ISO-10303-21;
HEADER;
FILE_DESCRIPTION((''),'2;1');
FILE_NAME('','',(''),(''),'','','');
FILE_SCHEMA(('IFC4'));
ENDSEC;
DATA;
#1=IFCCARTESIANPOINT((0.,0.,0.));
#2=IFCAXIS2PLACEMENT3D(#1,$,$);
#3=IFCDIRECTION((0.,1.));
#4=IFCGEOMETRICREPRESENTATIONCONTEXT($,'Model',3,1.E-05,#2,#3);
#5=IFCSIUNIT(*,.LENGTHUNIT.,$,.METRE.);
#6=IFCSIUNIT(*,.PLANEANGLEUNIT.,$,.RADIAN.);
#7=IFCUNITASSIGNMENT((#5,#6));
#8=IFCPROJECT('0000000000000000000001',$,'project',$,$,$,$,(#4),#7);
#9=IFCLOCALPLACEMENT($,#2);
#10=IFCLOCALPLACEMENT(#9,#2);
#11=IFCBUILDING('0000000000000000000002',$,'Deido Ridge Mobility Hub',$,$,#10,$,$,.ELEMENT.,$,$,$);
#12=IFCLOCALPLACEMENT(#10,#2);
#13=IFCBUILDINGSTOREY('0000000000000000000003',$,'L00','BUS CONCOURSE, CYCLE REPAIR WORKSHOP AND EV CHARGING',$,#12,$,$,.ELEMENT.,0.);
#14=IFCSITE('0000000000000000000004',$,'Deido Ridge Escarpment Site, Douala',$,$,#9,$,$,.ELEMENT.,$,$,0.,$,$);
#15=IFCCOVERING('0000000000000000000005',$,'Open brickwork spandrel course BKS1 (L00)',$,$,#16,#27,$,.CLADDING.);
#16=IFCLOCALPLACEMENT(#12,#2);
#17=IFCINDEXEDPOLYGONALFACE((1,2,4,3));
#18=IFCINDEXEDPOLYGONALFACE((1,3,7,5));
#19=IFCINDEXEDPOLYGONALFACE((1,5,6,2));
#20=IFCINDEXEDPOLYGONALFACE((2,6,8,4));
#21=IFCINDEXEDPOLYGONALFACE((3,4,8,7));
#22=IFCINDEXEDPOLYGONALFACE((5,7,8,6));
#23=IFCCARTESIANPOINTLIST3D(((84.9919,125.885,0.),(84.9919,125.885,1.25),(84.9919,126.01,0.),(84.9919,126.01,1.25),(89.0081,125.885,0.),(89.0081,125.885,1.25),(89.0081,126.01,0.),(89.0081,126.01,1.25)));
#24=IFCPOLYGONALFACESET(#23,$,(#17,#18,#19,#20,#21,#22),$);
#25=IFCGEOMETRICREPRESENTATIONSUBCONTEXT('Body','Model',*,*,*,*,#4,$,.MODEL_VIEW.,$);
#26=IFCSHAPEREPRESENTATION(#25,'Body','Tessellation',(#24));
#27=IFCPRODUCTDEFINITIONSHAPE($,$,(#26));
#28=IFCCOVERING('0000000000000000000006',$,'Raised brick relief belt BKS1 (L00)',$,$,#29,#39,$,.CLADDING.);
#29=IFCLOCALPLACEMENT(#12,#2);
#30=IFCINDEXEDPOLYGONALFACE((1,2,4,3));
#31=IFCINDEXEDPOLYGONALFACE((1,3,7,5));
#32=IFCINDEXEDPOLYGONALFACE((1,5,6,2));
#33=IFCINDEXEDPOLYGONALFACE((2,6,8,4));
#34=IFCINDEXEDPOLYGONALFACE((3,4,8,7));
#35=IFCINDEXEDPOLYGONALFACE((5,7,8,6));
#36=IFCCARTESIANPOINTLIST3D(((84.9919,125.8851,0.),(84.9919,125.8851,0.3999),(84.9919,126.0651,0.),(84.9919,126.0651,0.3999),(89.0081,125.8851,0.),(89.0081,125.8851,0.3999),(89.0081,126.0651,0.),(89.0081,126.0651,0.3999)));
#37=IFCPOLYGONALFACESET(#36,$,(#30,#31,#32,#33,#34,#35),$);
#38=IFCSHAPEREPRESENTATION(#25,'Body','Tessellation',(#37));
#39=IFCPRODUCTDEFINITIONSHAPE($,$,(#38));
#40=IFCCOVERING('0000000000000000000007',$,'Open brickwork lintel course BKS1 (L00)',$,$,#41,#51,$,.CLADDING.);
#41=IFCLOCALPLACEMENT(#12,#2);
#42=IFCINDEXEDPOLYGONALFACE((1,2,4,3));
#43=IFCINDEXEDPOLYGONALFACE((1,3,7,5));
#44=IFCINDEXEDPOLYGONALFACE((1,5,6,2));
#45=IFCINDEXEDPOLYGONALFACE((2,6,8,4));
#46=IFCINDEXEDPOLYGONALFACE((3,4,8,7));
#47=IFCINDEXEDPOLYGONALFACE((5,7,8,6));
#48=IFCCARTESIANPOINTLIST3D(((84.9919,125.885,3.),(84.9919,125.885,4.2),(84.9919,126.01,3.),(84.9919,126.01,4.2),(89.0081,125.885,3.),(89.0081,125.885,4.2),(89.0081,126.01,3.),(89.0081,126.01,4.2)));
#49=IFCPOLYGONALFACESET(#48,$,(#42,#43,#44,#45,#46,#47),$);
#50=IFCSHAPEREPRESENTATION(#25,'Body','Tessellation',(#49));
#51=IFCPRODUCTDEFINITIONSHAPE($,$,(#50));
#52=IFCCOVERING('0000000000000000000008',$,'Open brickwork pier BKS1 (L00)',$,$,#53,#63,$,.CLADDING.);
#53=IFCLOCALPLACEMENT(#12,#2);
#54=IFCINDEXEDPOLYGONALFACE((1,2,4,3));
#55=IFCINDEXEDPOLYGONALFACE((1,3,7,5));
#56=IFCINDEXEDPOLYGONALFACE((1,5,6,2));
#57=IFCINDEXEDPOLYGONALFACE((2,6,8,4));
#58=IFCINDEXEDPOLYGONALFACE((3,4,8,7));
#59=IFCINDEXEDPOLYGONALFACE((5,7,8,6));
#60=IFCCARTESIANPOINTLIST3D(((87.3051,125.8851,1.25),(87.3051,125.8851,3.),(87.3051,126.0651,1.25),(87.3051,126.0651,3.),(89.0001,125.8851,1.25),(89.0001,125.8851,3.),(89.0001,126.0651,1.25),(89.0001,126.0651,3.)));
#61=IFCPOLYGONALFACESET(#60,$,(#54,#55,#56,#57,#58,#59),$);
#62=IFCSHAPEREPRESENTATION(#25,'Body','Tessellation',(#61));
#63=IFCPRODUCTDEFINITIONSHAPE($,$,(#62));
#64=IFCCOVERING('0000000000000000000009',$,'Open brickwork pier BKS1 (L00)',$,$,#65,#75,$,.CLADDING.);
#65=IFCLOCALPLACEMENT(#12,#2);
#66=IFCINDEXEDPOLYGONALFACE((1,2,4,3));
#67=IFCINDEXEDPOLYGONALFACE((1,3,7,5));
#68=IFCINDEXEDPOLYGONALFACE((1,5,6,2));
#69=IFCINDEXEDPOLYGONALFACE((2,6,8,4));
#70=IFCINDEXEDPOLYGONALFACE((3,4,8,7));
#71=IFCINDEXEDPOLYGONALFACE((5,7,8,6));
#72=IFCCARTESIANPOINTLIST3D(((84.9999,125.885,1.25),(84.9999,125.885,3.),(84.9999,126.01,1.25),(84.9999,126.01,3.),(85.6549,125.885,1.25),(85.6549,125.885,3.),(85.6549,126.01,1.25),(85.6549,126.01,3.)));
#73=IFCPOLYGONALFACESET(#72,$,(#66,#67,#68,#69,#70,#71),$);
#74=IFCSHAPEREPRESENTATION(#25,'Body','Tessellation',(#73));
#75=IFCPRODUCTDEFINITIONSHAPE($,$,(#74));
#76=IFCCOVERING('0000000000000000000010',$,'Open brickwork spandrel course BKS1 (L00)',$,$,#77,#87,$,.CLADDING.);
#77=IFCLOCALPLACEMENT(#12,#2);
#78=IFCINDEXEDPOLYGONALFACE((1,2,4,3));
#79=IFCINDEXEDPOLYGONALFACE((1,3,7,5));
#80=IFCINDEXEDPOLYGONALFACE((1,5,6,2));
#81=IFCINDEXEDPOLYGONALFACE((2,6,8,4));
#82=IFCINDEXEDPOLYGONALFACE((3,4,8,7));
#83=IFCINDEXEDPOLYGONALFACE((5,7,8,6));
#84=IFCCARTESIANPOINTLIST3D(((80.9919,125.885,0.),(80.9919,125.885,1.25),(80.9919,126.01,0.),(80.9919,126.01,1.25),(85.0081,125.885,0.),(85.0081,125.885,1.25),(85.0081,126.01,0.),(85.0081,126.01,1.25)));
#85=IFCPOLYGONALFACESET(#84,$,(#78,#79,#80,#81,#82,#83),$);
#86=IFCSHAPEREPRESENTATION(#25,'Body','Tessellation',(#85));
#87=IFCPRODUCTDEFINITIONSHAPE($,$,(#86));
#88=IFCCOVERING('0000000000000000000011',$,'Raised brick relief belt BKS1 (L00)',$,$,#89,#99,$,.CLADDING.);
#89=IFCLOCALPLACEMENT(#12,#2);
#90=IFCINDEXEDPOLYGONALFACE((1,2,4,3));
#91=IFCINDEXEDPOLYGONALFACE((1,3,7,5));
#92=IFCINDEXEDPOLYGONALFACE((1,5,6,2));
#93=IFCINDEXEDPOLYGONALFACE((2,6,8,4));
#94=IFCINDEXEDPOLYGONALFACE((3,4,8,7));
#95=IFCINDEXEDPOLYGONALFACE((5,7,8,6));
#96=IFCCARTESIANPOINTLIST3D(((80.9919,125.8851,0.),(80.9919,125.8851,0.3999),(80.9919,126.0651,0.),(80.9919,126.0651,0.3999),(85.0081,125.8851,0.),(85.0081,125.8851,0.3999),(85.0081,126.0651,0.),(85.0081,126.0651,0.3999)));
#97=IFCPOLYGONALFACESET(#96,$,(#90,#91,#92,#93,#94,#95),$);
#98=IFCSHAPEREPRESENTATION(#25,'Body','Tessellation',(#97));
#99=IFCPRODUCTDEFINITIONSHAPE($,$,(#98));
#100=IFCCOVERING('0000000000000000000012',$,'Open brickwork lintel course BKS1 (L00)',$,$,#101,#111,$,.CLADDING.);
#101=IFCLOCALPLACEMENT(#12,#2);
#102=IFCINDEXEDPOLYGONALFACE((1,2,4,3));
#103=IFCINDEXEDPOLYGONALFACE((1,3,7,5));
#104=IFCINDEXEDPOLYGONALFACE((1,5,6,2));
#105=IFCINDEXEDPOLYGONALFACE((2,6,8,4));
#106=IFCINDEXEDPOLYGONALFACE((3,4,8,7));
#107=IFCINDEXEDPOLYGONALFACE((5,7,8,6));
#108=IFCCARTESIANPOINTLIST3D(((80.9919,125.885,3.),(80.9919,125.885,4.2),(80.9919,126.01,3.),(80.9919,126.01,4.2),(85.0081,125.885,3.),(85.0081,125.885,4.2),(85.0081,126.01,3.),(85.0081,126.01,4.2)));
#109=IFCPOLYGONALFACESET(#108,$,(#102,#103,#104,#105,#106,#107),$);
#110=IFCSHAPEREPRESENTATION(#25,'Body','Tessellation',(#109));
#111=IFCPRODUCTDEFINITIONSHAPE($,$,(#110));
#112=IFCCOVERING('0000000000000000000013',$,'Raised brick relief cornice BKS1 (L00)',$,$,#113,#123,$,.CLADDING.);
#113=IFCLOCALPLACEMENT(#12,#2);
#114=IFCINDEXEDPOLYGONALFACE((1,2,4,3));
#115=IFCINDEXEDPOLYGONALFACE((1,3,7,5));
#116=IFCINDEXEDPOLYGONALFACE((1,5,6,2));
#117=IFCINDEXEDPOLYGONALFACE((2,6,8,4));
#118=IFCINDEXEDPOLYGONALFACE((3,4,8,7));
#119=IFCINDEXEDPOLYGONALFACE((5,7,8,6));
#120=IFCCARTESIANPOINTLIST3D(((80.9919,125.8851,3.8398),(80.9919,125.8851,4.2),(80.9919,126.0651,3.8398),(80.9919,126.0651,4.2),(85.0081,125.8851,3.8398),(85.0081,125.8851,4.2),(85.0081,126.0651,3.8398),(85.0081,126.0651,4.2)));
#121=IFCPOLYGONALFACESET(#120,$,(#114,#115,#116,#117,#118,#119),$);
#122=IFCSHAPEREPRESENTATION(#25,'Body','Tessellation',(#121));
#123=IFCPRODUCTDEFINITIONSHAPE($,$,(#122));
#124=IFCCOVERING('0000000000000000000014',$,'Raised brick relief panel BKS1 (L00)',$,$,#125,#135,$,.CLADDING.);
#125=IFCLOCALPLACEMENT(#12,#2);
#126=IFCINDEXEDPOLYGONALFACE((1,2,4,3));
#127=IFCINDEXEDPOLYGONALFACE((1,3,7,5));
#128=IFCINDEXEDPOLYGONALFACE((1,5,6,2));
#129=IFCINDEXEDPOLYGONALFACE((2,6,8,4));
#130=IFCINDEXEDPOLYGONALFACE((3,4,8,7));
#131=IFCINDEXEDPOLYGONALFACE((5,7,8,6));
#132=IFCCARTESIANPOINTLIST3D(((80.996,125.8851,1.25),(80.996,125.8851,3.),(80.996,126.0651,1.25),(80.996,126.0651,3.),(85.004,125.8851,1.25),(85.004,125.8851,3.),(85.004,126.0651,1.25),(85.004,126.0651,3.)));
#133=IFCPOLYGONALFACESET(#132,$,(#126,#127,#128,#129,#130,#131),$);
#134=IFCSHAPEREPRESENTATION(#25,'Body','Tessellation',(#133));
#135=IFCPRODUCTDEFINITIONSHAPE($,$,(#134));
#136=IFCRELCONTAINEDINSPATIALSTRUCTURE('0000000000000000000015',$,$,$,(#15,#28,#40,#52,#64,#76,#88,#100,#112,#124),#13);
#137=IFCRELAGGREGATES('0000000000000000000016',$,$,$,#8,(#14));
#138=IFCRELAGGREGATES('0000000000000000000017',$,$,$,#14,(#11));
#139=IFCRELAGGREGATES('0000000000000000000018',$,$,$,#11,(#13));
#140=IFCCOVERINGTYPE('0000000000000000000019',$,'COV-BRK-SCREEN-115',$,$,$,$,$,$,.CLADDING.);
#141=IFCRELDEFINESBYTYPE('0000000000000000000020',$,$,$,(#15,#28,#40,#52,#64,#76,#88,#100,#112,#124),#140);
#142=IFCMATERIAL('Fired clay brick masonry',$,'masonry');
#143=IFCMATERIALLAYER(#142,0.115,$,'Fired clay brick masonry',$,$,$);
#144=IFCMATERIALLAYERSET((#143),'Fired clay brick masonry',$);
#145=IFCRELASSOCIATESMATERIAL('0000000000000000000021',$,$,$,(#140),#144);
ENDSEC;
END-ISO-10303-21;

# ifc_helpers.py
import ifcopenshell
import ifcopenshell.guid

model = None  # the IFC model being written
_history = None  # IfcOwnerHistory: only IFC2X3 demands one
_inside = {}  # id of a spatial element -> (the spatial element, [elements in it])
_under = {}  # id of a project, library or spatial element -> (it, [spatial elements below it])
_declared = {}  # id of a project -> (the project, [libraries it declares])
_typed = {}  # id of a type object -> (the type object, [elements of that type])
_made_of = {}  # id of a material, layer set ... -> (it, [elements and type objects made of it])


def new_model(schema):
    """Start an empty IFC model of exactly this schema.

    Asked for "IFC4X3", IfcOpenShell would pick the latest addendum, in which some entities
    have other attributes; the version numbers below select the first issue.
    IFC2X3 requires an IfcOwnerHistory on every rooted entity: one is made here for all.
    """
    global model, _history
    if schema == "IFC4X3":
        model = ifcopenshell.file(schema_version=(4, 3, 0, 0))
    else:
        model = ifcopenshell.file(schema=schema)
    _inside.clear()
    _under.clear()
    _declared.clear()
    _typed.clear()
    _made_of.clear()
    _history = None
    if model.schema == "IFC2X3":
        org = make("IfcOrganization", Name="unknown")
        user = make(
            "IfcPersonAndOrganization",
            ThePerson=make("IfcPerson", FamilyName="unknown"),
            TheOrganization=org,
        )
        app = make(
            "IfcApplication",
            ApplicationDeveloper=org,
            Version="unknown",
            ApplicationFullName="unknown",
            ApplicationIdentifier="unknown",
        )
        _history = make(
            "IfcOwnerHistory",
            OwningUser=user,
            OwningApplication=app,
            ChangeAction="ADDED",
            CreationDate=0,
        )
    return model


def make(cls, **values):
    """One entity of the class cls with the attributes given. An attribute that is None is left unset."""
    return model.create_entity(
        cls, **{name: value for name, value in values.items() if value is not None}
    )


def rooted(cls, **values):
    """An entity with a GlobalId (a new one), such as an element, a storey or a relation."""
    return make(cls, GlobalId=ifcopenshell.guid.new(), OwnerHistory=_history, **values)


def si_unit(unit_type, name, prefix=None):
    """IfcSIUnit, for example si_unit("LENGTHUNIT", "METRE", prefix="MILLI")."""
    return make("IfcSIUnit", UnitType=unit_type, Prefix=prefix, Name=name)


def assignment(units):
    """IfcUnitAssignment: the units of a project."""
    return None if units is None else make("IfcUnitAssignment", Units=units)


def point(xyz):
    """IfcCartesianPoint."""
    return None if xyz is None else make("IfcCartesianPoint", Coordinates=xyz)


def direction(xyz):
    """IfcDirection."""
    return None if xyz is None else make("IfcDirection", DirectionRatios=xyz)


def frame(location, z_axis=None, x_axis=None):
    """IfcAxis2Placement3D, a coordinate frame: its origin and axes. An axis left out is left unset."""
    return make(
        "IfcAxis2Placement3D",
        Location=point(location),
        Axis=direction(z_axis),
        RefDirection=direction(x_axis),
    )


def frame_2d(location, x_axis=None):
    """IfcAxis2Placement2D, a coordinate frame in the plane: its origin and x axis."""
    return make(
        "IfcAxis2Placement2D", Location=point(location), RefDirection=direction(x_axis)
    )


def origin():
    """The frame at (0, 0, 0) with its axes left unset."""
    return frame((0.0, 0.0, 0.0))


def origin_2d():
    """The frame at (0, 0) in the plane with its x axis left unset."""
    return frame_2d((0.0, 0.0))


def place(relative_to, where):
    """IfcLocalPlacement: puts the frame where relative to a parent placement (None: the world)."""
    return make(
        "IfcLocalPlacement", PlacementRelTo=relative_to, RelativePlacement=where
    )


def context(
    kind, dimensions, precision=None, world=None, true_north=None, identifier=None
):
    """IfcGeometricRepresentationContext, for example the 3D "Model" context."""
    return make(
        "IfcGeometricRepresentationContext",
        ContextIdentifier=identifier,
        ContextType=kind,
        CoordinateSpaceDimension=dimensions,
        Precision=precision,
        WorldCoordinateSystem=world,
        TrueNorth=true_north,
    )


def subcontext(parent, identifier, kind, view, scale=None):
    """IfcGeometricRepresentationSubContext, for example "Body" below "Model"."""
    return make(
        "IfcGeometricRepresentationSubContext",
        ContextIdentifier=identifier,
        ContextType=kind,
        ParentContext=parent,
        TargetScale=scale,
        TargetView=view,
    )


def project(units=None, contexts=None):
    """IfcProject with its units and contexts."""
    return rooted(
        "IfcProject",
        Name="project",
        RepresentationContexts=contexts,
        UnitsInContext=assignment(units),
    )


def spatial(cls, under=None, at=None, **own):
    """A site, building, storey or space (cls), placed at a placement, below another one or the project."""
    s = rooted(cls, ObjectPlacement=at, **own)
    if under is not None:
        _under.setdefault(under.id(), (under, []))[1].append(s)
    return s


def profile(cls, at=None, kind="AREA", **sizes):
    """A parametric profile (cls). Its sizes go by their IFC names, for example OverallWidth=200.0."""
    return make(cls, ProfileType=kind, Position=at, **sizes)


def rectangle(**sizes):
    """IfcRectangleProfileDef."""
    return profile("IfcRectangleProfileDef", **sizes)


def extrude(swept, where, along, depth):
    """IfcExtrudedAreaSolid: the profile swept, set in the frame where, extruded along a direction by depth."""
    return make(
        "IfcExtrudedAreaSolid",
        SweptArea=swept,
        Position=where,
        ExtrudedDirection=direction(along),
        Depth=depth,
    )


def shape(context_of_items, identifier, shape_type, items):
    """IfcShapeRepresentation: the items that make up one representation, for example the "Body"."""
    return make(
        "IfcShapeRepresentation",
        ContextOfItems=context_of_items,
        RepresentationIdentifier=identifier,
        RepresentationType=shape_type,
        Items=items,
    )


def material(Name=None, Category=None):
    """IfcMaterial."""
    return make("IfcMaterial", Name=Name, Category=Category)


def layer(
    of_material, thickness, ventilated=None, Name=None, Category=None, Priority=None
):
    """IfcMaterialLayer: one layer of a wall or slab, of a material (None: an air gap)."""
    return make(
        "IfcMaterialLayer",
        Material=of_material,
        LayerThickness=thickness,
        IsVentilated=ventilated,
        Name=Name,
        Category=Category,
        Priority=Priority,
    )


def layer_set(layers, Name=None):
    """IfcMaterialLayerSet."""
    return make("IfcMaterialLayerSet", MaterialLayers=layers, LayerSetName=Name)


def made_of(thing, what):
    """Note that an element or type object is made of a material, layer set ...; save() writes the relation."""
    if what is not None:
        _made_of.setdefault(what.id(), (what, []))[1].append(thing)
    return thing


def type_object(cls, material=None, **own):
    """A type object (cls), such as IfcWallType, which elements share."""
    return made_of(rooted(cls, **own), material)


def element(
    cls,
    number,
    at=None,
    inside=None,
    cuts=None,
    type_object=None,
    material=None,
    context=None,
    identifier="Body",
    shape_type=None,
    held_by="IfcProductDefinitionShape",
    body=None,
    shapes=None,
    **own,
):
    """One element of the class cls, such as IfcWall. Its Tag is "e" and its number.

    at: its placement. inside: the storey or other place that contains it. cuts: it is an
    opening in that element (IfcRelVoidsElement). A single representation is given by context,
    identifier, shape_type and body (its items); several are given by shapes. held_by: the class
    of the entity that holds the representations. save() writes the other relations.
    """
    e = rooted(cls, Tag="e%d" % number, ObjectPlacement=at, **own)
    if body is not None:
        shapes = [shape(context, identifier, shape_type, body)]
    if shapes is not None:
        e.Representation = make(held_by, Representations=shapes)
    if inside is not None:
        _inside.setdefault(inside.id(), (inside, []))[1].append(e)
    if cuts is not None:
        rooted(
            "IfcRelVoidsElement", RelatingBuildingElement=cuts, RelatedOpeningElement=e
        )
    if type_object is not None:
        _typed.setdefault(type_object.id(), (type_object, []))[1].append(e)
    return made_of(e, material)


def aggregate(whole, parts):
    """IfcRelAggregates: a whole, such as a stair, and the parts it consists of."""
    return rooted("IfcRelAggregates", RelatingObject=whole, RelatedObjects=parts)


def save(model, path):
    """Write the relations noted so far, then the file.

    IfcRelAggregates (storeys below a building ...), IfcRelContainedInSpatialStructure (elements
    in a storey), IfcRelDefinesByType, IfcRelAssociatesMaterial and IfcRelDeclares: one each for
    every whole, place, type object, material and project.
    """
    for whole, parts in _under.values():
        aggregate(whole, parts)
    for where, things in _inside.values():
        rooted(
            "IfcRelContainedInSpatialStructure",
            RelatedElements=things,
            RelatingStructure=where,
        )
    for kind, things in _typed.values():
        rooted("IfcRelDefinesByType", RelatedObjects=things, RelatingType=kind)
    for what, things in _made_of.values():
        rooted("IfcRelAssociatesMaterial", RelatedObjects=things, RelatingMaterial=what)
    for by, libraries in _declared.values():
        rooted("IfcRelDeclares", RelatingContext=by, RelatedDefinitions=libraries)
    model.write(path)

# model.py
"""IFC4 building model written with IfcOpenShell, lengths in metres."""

from ifc_helpers import new_model, si_unit, direction, frame, origin, origin_2d, place, context, subcontext, project, spatial, rectangle, extrude, material, layer, layer_set, type_object, element, save


model = new_model("IFC4")

# Units and contexts
model_context = context("Model", 3, precision=1e-05, world=origin(), true_north=direction((0.0, 1.0)))
body_context = subcontext(model_context, "Body", "Model", "MODEL_VIEW")
ifc_project = project(units=[si_unit("LENGTHUNIT", "METRE"), si_unit("PLANEANGLEUNIT", "RADIAN")], contexts=[model_context])

# Site, building, storey
site_placement = place(None, origin())
site = spatial("IfcSite", under=ifc_project, at=site_placement, Name="Deido Ridge Escarpment Site, Douala", CompositionType="ELEMENT", RefElevation=0.0)
building_placement = place(site_placement, origin())
building = spatial("IfcBuilding", under=site, at=building_placement, Name="Deido Ridge Mobility Hub", CompositionType="ELEMENT")
storey_placement = place(building_placement, origin())
storey = spatial("IfcBuildingStorey", under=building, at=storey_placement, Name="L00", Description="BUS CONCOURSE, CYCLE REPAIR WORKSHOP AND EV CHARGING", CompositionType="ELEMENT", Elevation=0.0)

# Coverings
ifc_material_1 = material(Name="Fired clay brick masonry", Category="masonry")
ifc_layer = layer(ifc_material_1, 0.115, Name="Fired clay brick masonry")
ifc_layer_set = layer_set([ifc_layer], Name="Fired clay brick masonry")
covering_type = type_object("IfcCoveringType", Name="COV-BRK-SCREEN-115", PredefinedType="CLADDING", material=ifc_layer_set)
covering_1_placement = place(storey_placement, frame((87.0, 125.9475, 0.0), z_axis=(0.0, 0.0, 1.0), x_axis=(-1.0, 0.0, 0.0)))
element("IfcCovering", 1, at=covering_1_placement, inside=storey, type_object=covering_type, Name="Open brickwork spandrel course BKS1 (L00)", PredefinedType="CLADDING", context=body_context, shape_type="SweptSolid", body=[
    extrude(rectangle(XDim=4.0161, YDim=0.125, at=origin_2d()), origin(), (0.0, 0.0, 1.0), 1.25),
])
covering_2_placement = place(storey_placement, frame((87.0, 125.9751, 0.0), z_axis=(0.0, 0.0, 1.0), x_axis=(-1.0, 0.0, 0.0)))
element("IfcCovering", 2, at=covering_2_placement, inside=storey, type_object=covering_type, Name="Raised brick relief belt BKS1 (L00)", PredefinedType="CLADDING", context=body_context, shape_type="SweptSolid", body=[
    extrude(rectangle(XDim=4.0161, YDim=0.1799, at=origin_2d()), origin(), (0.0, 0.0, 1.0), 0.3999),
])
covering_3_placement = place(storey_placement, frame((87.0, 125.9475, 3.0), z_axis=(0.0, 0.0, 1.0), x_axis=(-1.0, 0.0, 0.0)))
element("IfcCovering", 3, at=covering_3_placement, inside=storey, type_object=covering_type, Name="Open brickwork lintel course BKS1 (L00)", PredefinedType="CLADDING", context=body_context, shape_type="SweptSolid", body=[
    extrude(rectangle(XDim=4.0161, YDim=0.125, at=origin_2d()), origin(), (0.0, 0.0, 1.0), 1.2),
])
covering_4_placement = place(storey_placement, frame((88.1526, 125.9751, 1.25), z_axis=(0.0, 0.0, 1.0), x_axis=(-1.0, 0.0, 0.0)))
element("IfcCovering", 4, at=covering_4_placement, inside=storey, type_object=covering_type, Name="Open brickwork pier BKS1 (L00)", PredefinedType="CLADDING", context=body_context, shape_type="SweptSolid", body=[
    extrude(rectangle(XDim=1.6951, YDim=0.1799, at=origin_2d()), origin(), (0.0, 0.0, 1.0), 1.75),
])
covering_5_placement = place(storey_placement, frame((85.3274, 125.9475, 1.25), z_axis=(0.0, 0.0, 1.0), x_axis=(-1.0, 0.0, 0.0)))
element("IfcCovering", 5, at=covering_5_placement, inside=storey, type_object=covering_type, Name="Open brickwork pier BKS1 (L00)", PredefinedType="CLADDING", context=body_context, shape_type="SweptSolid", body=[
    extrude(rectangle(XDim=0.655, YDim=0.125, at=origin_2d()), origin(), (0.0, 0.0, 1.0), 1.75),
])
covering_6_placement = place(storey_placement, frame((83.0, 125.9475, 0.0), z_axis=(0.0, 0.0, 1.0), x_axis=(-1.0, 0.0, 0.0)))
element("IfcCovering", 6, at=covering_6_placement, inside=storey, type_object=covering_type, Name="Open brickwork spandrel course BKS1 (L00)", PredefinedType="CLADDING", context=body_context, shape_type="SweptSolid", body=[
    extrude(rectangle(XDim=4.0161, YDim=0.125, at=origin_2d()), origin(), (0.0, 0.0, 1.0), 1.25),
])
covering_7_placement = place(storey_placement, frame((83.0, 125.9751, 0.0), z_axis=(0.0, 0.0, 1.0), x_axis=(-1.0, 0.0, 0.0)))
element("IfcCovering", 7, at=covering_7_placement, inside=storey, type_object=covering_type, Name="Raised brick relief belt BKS1 (L00)", PredefinedType="CLADDING", context=body_context, shape_type="SweptSolid", body=[
    extrude(rectangle(XDim=4.0161, YDim=0.1799, at=origin_2d()), origin(), (0.0, 0.0, 1.0), 0.3999),
])
covering_8_placement = place(storey_placement, frame((83.0, 125.9475, 3.0), z_axis=(0.0, 0.0, 1.0), x_axis=(-1.0, 0.0, 0.0)))
element("IfcCovering", 8, at=covering_8_placement, inside=storey, type_object=covering_type, Name="Open brickwork lintel course BKS1 (L00)", PredefinedType="CLADDING", context=body_context, shape_type="SweptSolid", body=[
    extrude(rectangle(XDim=4.0161, YDim=0.125, at=origin_2d()), origin(), (0.0, 0.0, 1.0), 1.2),
])
covering_9_placement = place(storey_placement, frame((83.0, 125.9751, 3.8398), z_axis=(0.0, 0.0, 1.0), x_axis=(-1.0, 0.0, 0.0)))
element("IfcCovering", 9, at=covering_9_placement, inside=storey, type_object=covering_type, Name="Raised brick relief cornice BKS1 (L00)", PredefinedType="CLADDING", context=body_context, shape_type="SweptSolid", body=[
    extrude(rectangle(XDim=4.0161, YDim=0.1799, at=origin_2d()), origin(), (0.0, 0.0, 1.0), 0.3601),
])
covering_10_placement = place(storey_placement, frame((83.0, 125.9751, 1.25), z_axis=(0.0, 0.0, 1.0), x_axis=(-1.0, 0.0, 0.0)))
element("IfcCovering", 10, at=covering_10_placement, inside=storey, type_object=covering_type, Name="Raised brick relief panel BKS1 (L00)", PredefinedType="CLADDING", context=body_context, shape_type="SweptSolid", body=[
    extrude(rectangle(XDim=4.0081, YDim=0.1799, at=origin_2d()), origin(), (0.0, 0.0, 1.0), 1.75),
])

save(model, "model.ifc")
